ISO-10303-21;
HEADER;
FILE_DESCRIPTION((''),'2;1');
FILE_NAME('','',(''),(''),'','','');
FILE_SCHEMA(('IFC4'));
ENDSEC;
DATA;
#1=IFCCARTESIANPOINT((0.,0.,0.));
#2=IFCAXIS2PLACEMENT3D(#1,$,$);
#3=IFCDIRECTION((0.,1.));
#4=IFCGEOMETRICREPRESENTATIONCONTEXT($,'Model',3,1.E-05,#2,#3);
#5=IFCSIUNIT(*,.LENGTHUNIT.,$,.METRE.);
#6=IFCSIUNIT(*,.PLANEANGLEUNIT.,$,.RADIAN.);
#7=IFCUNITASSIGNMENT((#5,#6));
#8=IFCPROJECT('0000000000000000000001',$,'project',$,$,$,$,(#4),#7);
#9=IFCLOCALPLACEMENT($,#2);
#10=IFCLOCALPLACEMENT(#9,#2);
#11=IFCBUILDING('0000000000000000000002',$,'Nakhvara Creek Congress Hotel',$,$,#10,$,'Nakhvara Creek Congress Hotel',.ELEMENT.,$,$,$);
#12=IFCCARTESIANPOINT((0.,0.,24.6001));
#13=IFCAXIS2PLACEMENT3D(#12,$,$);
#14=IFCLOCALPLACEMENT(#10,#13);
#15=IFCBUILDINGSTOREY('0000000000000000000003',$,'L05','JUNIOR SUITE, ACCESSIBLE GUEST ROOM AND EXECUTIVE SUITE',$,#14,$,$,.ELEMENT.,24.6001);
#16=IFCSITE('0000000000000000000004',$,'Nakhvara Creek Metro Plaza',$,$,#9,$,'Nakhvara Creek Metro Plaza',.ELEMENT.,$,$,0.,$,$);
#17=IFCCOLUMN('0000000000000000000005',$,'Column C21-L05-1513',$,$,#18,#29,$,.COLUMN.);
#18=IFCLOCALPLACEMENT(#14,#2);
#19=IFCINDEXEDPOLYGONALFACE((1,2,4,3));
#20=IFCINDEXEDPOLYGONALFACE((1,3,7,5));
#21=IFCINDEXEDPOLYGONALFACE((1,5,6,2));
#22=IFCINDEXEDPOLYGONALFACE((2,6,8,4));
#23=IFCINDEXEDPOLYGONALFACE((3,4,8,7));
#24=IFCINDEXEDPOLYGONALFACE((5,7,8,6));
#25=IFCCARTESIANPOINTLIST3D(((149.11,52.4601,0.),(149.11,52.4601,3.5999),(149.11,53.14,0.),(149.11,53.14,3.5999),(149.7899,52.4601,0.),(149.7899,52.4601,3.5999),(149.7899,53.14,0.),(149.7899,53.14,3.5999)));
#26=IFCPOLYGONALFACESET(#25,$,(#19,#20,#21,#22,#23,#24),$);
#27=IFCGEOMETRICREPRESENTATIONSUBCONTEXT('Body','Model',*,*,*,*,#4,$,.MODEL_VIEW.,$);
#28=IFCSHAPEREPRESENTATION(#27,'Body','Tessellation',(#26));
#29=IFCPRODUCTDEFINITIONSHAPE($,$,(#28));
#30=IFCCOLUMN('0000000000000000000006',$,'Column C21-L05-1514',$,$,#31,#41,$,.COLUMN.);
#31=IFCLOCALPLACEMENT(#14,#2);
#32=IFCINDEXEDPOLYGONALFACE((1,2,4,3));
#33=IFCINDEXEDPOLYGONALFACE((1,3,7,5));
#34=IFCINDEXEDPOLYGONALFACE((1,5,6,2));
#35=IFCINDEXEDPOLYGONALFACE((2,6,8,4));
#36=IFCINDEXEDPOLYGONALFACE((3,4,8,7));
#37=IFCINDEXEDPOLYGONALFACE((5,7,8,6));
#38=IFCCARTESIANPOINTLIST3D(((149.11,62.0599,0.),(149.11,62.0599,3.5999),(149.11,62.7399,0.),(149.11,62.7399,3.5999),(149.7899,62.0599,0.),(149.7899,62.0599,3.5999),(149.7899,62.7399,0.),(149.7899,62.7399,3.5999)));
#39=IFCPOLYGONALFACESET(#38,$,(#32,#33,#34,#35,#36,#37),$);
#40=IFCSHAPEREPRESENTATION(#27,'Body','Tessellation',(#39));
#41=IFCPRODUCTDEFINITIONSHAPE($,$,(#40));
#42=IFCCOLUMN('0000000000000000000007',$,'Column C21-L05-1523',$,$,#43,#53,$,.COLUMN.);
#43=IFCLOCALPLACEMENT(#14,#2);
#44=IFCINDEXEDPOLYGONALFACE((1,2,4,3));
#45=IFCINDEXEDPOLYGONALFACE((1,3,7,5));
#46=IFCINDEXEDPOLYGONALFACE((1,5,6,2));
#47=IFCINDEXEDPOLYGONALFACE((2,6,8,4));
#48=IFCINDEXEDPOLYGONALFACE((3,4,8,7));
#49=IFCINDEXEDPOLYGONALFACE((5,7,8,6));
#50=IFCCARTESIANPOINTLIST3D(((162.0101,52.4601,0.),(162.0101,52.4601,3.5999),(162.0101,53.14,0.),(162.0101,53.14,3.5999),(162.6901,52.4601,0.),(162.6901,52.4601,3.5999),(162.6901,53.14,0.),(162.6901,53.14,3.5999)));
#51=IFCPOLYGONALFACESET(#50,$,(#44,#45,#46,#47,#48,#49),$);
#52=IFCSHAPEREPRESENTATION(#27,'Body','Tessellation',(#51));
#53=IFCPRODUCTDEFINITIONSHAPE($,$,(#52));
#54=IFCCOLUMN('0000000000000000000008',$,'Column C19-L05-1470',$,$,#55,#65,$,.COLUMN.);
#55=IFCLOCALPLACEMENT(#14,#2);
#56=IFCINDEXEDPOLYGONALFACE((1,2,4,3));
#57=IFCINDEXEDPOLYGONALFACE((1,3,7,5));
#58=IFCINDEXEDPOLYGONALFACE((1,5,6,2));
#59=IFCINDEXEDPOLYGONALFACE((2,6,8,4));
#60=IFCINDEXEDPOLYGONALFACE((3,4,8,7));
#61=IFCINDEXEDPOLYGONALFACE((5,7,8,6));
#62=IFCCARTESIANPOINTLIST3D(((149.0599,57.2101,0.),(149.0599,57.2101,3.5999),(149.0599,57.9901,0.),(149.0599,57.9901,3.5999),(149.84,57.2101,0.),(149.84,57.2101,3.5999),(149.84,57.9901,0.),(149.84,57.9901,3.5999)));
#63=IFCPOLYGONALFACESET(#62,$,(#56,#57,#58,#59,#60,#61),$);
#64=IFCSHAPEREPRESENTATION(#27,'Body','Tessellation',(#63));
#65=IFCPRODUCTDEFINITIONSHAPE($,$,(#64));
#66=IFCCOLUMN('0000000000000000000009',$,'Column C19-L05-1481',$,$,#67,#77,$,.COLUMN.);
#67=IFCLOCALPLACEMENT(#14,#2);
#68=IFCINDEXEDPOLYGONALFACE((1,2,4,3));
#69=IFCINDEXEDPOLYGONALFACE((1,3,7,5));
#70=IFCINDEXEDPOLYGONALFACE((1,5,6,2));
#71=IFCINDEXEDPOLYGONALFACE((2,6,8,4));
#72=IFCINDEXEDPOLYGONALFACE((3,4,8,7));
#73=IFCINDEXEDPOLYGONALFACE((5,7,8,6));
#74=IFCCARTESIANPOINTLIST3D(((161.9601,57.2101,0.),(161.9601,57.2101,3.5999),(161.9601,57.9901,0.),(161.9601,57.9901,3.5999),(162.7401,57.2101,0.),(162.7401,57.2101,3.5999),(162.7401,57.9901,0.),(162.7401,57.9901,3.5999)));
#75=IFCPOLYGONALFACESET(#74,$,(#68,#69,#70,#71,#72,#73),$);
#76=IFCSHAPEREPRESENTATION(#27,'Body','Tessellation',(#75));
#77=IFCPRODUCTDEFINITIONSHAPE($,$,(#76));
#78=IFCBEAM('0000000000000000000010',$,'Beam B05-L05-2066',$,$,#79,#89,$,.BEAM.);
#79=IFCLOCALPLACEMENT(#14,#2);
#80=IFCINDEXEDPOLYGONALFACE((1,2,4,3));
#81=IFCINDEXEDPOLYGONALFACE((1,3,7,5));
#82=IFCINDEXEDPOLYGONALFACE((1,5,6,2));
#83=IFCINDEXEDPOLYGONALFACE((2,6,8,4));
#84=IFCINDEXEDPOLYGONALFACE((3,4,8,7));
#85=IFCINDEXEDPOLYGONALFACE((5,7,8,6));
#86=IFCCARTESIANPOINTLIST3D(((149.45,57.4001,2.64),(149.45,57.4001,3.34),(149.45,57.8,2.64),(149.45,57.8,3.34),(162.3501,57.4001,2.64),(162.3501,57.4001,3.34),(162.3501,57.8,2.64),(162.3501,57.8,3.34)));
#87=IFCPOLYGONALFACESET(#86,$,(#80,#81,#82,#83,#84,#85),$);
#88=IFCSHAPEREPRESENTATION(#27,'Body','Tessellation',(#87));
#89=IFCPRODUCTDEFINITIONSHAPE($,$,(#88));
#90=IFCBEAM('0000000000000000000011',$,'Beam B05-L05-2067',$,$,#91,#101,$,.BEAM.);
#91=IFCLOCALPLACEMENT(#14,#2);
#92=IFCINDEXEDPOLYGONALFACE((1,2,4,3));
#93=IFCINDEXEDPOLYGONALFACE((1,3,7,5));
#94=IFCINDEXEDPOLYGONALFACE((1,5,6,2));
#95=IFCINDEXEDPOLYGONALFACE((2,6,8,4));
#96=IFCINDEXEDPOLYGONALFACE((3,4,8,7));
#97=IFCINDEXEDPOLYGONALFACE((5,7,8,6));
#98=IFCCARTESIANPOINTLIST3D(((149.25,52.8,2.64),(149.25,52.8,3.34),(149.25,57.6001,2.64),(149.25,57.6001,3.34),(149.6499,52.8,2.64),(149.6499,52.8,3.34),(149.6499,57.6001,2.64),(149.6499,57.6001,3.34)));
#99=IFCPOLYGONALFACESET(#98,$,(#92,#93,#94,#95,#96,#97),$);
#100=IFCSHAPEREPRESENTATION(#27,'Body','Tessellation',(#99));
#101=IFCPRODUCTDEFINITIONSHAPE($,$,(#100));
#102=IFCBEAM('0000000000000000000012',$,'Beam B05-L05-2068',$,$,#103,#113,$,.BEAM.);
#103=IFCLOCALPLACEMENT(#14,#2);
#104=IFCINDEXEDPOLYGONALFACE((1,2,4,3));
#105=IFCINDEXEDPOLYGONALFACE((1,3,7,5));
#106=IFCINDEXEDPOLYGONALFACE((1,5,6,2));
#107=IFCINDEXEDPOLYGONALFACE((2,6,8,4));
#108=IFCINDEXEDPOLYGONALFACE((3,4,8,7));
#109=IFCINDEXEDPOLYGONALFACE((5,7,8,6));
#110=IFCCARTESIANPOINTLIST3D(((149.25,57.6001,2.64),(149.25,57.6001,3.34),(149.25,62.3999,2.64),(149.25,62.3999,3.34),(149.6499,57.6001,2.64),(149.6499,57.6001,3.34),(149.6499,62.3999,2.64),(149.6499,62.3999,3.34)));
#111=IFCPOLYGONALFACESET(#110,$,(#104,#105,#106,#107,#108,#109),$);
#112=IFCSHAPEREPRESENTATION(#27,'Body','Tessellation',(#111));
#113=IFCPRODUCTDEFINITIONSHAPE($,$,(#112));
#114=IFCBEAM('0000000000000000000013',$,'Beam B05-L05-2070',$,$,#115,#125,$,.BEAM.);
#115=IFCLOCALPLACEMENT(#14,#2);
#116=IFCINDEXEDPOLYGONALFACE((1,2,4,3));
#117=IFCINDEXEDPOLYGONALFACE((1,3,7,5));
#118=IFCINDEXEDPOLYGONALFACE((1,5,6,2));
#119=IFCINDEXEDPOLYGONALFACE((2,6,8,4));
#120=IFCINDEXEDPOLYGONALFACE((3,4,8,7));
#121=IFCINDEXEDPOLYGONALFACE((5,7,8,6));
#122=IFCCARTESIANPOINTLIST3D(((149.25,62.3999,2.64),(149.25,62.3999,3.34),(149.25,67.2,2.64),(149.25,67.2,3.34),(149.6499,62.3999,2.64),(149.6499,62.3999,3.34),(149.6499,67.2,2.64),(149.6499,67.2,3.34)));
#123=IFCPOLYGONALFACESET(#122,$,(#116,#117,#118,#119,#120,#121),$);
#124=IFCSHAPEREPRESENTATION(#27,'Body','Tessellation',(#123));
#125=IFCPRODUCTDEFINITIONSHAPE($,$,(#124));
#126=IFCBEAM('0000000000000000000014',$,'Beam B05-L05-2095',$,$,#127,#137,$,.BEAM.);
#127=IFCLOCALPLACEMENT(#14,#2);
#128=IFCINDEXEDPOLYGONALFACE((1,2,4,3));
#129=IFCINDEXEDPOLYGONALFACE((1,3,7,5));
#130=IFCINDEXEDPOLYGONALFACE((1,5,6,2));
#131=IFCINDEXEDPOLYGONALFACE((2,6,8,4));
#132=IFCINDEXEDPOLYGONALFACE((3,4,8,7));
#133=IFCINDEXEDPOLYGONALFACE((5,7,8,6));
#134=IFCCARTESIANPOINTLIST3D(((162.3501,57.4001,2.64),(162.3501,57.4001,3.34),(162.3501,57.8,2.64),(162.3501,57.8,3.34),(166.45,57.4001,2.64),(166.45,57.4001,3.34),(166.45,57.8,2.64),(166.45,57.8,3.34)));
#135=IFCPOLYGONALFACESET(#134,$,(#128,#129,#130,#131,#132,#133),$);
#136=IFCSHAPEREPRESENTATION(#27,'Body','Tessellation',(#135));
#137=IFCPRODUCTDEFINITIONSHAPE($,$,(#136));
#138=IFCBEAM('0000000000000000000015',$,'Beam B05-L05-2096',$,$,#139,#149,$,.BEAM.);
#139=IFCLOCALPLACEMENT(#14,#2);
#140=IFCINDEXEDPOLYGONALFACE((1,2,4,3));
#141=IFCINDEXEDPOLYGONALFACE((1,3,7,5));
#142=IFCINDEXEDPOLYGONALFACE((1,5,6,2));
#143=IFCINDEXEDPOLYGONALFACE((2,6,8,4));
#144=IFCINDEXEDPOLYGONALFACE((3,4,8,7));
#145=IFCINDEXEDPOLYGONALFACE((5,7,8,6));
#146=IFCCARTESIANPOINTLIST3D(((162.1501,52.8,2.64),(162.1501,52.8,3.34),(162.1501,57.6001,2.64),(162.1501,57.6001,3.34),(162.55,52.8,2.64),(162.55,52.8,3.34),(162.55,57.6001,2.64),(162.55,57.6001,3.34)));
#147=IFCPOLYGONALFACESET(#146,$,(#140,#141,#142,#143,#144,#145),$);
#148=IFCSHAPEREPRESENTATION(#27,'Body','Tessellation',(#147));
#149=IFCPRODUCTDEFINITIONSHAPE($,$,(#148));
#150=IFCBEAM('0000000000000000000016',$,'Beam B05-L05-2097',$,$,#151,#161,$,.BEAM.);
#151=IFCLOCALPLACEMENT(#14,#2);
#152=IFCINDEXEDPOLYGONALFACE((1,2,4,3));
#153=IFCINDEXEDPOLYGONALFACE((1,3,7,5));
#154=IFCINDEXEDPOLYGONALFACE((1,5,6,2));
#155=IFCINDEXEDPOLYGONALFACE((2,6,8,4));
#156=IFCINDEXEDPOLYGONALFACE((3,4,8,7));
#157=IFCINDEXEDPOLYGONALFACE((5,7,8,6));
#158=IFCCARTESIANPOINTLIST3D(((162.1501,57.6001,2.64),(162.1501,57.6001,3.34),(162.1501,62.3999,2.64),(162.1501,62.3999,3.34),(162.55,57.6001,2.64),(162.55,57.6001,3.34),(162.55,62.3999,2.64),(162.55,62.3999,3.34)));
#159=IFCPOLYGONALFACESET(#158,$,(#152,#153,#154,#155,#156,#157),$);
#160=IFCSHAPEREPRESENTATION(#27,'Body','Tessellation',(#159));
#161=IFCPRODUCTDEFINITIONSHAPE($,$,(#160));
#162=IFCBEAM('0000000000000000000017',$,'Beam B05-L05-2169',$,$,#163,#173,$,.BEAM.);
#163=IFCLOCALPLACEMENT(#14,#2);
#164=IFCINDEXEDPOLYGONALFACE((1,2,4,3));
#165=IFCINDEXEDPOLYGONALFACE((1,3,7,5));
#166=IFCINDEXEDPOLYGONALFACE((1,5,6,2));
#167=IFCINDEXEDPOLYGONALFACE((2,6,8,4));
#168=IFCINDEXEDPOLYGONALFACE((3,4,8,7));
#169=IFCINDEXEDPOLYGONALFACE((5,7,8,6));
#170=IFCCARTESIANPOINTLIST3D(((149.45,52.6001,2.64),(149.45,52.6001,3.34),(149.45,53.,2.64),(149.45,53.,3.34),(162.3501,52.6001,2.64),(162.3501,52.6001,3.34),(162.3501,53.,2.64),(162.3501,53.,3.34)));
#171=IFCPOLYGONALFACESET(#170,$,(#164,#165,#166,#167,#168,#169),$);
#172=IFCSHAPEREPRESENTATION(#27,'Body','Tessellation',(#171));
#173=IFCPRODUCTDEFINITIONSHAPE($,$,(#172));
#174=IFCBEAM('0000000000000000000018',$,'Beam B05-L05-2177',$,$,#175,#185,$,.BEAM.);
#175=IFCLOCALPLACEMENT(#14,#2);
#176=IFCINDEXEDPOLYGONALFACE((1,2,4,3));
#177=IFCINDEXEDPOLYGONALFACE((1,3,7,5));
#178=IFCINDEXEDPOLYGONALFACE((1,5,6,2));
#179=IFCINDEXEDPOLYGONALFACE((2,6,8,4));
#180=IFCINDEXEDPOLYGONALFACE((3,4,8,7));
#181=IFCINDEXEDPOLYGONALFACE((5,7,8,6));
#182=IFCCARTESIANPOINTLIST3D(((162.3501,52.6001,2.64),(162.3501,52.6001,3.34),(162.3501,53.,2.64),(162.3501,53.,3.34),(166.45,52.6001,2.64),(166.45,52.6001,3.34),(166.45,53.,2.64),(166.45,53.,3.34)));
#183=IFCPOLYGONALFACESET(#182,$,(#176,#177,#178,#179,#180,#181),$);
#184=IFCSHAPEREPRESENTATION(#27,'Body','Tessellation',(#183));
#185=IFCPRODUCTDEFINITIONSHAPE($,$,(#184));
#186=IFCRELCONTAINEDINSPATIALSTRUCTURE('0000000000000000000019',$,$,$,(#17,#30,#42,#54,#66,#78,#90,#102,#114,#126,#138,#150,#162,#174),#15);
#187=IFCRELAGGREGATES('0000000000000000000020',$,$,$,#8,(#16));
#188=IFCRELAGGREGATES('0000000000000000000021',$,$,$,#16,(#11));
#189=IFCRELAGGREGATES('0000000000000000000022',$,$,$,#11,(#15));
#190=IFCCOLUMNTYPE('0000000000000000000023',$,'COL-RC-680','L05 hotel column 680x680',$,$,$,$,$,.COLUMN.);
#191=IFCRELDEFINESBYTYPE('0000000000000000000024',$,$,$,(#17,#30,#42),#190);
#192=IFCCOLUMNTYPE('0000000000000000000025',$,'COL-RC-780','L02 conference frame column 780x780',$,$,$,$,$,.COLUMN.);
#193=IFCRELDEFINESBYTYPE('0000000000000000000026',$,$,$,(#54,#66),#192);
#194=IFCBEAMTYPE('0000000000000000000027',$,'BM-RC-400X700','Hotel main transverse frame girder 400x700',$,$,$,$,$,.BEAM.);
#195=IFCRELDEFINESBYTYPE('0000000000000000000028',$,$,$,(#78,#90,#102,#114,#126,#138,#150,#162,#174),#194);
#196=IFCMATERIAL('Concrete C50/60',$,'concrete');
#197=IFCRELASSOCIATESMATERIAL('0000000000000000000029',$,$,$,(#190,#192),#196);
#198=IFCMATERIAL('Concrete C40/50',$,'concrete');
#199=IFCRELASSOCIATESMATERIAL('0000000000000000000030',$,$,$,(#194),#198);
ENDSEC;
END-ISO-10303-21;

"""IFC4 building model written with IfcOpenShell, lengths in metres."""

from ifc_helpers import new_model, si_unit, direction, frame, origin, origin_2d, place, context, subcontext, project, spatial, rectangle, extrude, material, material_profile, profile_set, type_object, element, save


model = new_model("IFC4")

# Units and contexts
model_context = context("Model", 3, precision=1e-05, world=origin(), true_north=direction((0.0, 1.0)))
body_context = subcontext(model_context, "Body", "Model", "MODEL_VIEW")
ifc_project = project(units=[si_unit("LENGTHUNIT", "METRE"), si_unit("PLANEANGLEUNIT", "RADIAN")], contexts=[model_context])

# Site, building, storey
site_placement = place(None, origin())
site = spatial("IfcSite", under=ifc_project, at=site_placement, Name="Nakhvara Creek Metro Plaza", LongName="Nakhvara Creek Metro Plaza", CompositionType="ELEMENT", RefElevation=0.0)
building_placement = place(site_placement, origin())
building = spatial("IfcBuilding", under=site, at=building_placement, Name="Nakhvara Creek Congress Hotel", LongName="Nakhvara Creek Congress Hotel", CompositionType="ELEMENT")
storey_placement = place(building_placement, frame((0.0, 0.0, 24.6001)))
storey = spatial("IfcBuildingStorey", under=building, at=storey_placement, Name="L05", Description="JUNIOR SUITE, ACCESSIBLE GUEST ROOM AND EXECUTIVE SUITE", CompositionType="ELEMENT", Elevation=24.6001)

# Columns
ifc_material_1 = material(Name="Concrete C50/60", Category="concrete")
ifc_material_profile_1 = material_profile(ifc_material_1, rectangle(XDim=0.6799, YDim=0.6799, at=origin_2d()), Name="RC-COL 680x680", Category="LoadBearing")
ifc_profile_set_1 = profile_set([ifc_material_profile_1], Name="Concrete C50/60")
column_type_1 = type_object("IfcColumnType", Name="COL-RC-680", Description="L05 hotel column 680x680", PredefinedType="COLUMN", material=ifc_profile_set_1)
for number, where, z_axis, x_axis, name in (
    (1, (149.45, 52.8, 0.0), (0.0, 0.0, 1.0), (1.0, 0.0, 0.0), "Column C21-L05-1513"),
    (2, (149.45, 62.3999, 0.0), (0.0, 0.0, 1.0), (1.0, 0.0, 0.0), "Column C21-L05-1514"),
    (3, (162.3501, 52.8, 0.0), (0.0, 0.0, 1.0), (1.0, 0.0, 0.0), "Column C21-L05-1523"),
):
    element("IfcColumn", number, at=place(storey_placement, frame(where, z_axis=z_axis, x_axis=x_axis)), inside=storey, type_object=column_type_1, Name=name, PredefinedType="COLUMN", context=body_context, shape_type="SweptSolid", body=[
        extrude(rectangle(XDim=0.6799, YDim=0.6799, at=origin_2d()), origin(), (0.0, 0.0, 1.0), 3.5999),
    ])
ifc_material_profile_2 = material_profile(ifc_material_1, rectangle(XDim=0.78, YDim=0.78, at=origin_2d()), Name="RC-COL 780x780", Category="LoadBearing")
ifc_profile_set_2 = profile_set([ifc_material_profile_2], Name="Concrete C50/60")
column_type_2 = type_object("IfcColumnType", Name="COL-RC-780", Description="L02 conference frame column 780x780", PredefinedType="COLUMN", material=ifc_profile_set_2)
for number, where, z_axis, x_axis, name in (
    (4, (149.45, 57.6001, 0.0), (0.0, 0.0, 1.0), (1.0, 0.0, 0.0), "Column C19-L05-1470"),
    (5, (162.3501, 57.6001, 0.0), (0.0, 0.0, 1.0), (1.0, 0.0, 0.0), "Column C19-L05-1481"),
):
    element("IfcColumn", number, at=place(storey_placement, frame(where, z_axis=z_axis, x_axis=x_axis)), inside=storey, type_object=column_type_2, Name=name, PredefinedType="COLUMN", context=body_context, shape_type="SweptSolid", body=[
        extrude(rectangle(XDim=0.78, YDim=0.78, at=origin_2d()), origin(), (0.0, 0.0, 1.0), 3.5999),
    ])

# Beams
ifc_material_2 = material(Name="Concrete C40/50", Category="concrete")
ifc_material_profile_3 = material_profile(ifc_material_2, rectangle(XDim=0.3999, YDim=0.7, at=origin_2d()), Name="RC-BM 400x700", Category="LoadBearing")
ifc_profile_set_3 = profile_set([ifc_material_profile_3], Name="Concrete C40/50")
beam_type = type_object("IfcBeamType", Name="BM-RC-400X700", Description="Hotel main transverse frame girder 400x700", PredefinedType="BEAM", material=ifc_profile_set_3)
beam_1_placement = place(storey_placement, frame((149.45, 57.6001, 2.99), z_axis=(1.0, 0.0, 0.0), x_axis=(0.0, 1.0, 0.0)))
element("IfcBeam", 6, at=beam_1_placement, inside=storey, type_object=beam_type, Name="Beam B05-L05-2066", PredefinedType="BEAM", context=body_context, shape_type="SweptSolid", body=[
    extrude(rectangle(XDim=0.3999, YDim=0.7, at=origin_2d()), origin(), (0.0, 0.0, 1.0), 12.9001),
])
beam_2_placement = place(storey_placement, frame((149.45, 52.8, 2.99), z_axis=(0.0, 1.0, 0.0), x_axis=(-1.0, 0.0, 0.0)))
element("IfcBeam", 7, at=beam_2_placement, inside=storey, type_object=beam_type, Name="Beam B05-L05-2067", PredefinedType="BEAM", context=body_context, shape_type="SweptSolid", body=[
    extrude(rectangle(XDim=0.3999, YDim=0.7, at=origin_2d()), origin(), (0.0, 0.0, 1.0), 4.8),
])
beam_3_placement = place(storey_placement, frame((149.45, 57.6001, 2.99), z_axis=(0.0, 1.0, 0.0), x_axis=(-1.0, 0.0, 0.0)))
element("IfcBeam", 8, at=beam_3_placement, inside=storey, type_object=beam_type, Name="Beam B05-L05-2068", PredefinedType="BEAM", context=body_context, shape_type="SweptSolid", body=[
    extrude(rectangle(XDim=0.3999, YDim=0.7, at=origin_2d()), origin(), (0.0, 0.0, 1.0), 4.7998),
])
beam_4_placement = place(storey_placement, frame((149.45, 62.3999, 2.99), z_axis=(0.0, 1.0, 0.0), x_axis=(-1.0, 0.0, 0.0)))
element("IfcBeam", 9, at=beam_4_placement, inside=storey, type_object=beam_type, Name="Beam B05-L05-2070", PredefinedType="BEAM", context=body_context, shape_type="SweptSolid", body=[
    extrude(rectangle(XDim=0.3999, YDim=0.7, at=origin_2d()), origin(), (0.0, 0.0, 1.0), 4.8),
])
beam_5_placement = place(storey_placement, frame((162.3501, 57.6001, 2.99), z_axis=(1.0, 0.0, 0.0), x_axis=(0.0, 1.0, 0.0)))
element("IfcBeam", 10, at=beam_5_placement, inside=storey, type_object=beam_type, Name="Beam B05-L05-2095", PredefinedType="BEAM", context=body_context, shape_type="SweptSolid", body=[
    extrude(rectangle(XDim=0.3999, YDim=0.7, at=origin_2d()), origin(), (0.0, 0.0, 1.0), 4.0999),
])
beam_6_placement = place(storey_placement, frame((162.3501, 52.8, 2.99), z_axis=(0.0, 1.0, 0.0), x_axis=(-1.0, 0.0, 0.0)))
element("IfcBeam", 11, at=beam_6_placement, inside=storey, type_object=beam_type, Name="Beam B05-L05-2096", PredefinedType="BEAM", context=body_context, shape_type="SweptSolid", body=[
    extrude(rectangle(XDim=0.3999, YDim=0.7, at=origin_2d()), origin(), (0.0, 0.0, 1.0), 4.8),
])
beam_7_placement = place(storey_placement, frame((162.3501, 57.6001, 2.99), z_axis=(0.0, 1.0, 0.0), x_axis=(-1.0, 0.0, 0.0)))
element("IfcBeam", 12, at=beam_7_placement, inside=storey, type_object=beam_type, Name="Beam B05-L05-2097", PredefinedType="BEAM", context=body_context, shape_type="SweptSolid", body=[
    extrude(rectangle(XDim=0.3999, YDim=0.7, at=origin_2d()), origin(), (0.0, 0.0, 1.0), 4.7998),
])
beam_8_placement = place(storey_placement, frame((149.45, 52.8, 2.99), z_axis=(1.0, 0.0, 0.0), x_axis=(0.0, 1.0, 0.0)))
element("IfcBeam", 13, at=beam_8_placement, inside=storey, type_object=beam_type, Name="Beam B05-L05-2169", PredefinedType="BEAM", context=body_context, shape_type="SweptSolid", body=[
    extrude(rectangle(XDim=0.3999, YDim=0.7, at=origin_2d()), origin(), (0.0, 0.0, 1.0), 12.9001),
])
beam_9_placement = place(storey_placement, frame((162.3501, 52.8, 2.99), z_axis=(1.0, 0.0, 0.0), x_axis=(0.0, 1.0, 0.0)))
element("IfcBeam", 14, at=beam_9_placement, inside=storey, type_object=beam_type, Name="Beam B05-L05-2177", PredefinedType="BEAM", context=body_context, shape_type="SweptSolid", body=[
    extrude(rectangle(XDim=0.3999, YDim=0.7, at=origin_2d()), origin(), (0.0, 0.0, 1.0), 4.0999),
])

save(model, "model.ifc")
